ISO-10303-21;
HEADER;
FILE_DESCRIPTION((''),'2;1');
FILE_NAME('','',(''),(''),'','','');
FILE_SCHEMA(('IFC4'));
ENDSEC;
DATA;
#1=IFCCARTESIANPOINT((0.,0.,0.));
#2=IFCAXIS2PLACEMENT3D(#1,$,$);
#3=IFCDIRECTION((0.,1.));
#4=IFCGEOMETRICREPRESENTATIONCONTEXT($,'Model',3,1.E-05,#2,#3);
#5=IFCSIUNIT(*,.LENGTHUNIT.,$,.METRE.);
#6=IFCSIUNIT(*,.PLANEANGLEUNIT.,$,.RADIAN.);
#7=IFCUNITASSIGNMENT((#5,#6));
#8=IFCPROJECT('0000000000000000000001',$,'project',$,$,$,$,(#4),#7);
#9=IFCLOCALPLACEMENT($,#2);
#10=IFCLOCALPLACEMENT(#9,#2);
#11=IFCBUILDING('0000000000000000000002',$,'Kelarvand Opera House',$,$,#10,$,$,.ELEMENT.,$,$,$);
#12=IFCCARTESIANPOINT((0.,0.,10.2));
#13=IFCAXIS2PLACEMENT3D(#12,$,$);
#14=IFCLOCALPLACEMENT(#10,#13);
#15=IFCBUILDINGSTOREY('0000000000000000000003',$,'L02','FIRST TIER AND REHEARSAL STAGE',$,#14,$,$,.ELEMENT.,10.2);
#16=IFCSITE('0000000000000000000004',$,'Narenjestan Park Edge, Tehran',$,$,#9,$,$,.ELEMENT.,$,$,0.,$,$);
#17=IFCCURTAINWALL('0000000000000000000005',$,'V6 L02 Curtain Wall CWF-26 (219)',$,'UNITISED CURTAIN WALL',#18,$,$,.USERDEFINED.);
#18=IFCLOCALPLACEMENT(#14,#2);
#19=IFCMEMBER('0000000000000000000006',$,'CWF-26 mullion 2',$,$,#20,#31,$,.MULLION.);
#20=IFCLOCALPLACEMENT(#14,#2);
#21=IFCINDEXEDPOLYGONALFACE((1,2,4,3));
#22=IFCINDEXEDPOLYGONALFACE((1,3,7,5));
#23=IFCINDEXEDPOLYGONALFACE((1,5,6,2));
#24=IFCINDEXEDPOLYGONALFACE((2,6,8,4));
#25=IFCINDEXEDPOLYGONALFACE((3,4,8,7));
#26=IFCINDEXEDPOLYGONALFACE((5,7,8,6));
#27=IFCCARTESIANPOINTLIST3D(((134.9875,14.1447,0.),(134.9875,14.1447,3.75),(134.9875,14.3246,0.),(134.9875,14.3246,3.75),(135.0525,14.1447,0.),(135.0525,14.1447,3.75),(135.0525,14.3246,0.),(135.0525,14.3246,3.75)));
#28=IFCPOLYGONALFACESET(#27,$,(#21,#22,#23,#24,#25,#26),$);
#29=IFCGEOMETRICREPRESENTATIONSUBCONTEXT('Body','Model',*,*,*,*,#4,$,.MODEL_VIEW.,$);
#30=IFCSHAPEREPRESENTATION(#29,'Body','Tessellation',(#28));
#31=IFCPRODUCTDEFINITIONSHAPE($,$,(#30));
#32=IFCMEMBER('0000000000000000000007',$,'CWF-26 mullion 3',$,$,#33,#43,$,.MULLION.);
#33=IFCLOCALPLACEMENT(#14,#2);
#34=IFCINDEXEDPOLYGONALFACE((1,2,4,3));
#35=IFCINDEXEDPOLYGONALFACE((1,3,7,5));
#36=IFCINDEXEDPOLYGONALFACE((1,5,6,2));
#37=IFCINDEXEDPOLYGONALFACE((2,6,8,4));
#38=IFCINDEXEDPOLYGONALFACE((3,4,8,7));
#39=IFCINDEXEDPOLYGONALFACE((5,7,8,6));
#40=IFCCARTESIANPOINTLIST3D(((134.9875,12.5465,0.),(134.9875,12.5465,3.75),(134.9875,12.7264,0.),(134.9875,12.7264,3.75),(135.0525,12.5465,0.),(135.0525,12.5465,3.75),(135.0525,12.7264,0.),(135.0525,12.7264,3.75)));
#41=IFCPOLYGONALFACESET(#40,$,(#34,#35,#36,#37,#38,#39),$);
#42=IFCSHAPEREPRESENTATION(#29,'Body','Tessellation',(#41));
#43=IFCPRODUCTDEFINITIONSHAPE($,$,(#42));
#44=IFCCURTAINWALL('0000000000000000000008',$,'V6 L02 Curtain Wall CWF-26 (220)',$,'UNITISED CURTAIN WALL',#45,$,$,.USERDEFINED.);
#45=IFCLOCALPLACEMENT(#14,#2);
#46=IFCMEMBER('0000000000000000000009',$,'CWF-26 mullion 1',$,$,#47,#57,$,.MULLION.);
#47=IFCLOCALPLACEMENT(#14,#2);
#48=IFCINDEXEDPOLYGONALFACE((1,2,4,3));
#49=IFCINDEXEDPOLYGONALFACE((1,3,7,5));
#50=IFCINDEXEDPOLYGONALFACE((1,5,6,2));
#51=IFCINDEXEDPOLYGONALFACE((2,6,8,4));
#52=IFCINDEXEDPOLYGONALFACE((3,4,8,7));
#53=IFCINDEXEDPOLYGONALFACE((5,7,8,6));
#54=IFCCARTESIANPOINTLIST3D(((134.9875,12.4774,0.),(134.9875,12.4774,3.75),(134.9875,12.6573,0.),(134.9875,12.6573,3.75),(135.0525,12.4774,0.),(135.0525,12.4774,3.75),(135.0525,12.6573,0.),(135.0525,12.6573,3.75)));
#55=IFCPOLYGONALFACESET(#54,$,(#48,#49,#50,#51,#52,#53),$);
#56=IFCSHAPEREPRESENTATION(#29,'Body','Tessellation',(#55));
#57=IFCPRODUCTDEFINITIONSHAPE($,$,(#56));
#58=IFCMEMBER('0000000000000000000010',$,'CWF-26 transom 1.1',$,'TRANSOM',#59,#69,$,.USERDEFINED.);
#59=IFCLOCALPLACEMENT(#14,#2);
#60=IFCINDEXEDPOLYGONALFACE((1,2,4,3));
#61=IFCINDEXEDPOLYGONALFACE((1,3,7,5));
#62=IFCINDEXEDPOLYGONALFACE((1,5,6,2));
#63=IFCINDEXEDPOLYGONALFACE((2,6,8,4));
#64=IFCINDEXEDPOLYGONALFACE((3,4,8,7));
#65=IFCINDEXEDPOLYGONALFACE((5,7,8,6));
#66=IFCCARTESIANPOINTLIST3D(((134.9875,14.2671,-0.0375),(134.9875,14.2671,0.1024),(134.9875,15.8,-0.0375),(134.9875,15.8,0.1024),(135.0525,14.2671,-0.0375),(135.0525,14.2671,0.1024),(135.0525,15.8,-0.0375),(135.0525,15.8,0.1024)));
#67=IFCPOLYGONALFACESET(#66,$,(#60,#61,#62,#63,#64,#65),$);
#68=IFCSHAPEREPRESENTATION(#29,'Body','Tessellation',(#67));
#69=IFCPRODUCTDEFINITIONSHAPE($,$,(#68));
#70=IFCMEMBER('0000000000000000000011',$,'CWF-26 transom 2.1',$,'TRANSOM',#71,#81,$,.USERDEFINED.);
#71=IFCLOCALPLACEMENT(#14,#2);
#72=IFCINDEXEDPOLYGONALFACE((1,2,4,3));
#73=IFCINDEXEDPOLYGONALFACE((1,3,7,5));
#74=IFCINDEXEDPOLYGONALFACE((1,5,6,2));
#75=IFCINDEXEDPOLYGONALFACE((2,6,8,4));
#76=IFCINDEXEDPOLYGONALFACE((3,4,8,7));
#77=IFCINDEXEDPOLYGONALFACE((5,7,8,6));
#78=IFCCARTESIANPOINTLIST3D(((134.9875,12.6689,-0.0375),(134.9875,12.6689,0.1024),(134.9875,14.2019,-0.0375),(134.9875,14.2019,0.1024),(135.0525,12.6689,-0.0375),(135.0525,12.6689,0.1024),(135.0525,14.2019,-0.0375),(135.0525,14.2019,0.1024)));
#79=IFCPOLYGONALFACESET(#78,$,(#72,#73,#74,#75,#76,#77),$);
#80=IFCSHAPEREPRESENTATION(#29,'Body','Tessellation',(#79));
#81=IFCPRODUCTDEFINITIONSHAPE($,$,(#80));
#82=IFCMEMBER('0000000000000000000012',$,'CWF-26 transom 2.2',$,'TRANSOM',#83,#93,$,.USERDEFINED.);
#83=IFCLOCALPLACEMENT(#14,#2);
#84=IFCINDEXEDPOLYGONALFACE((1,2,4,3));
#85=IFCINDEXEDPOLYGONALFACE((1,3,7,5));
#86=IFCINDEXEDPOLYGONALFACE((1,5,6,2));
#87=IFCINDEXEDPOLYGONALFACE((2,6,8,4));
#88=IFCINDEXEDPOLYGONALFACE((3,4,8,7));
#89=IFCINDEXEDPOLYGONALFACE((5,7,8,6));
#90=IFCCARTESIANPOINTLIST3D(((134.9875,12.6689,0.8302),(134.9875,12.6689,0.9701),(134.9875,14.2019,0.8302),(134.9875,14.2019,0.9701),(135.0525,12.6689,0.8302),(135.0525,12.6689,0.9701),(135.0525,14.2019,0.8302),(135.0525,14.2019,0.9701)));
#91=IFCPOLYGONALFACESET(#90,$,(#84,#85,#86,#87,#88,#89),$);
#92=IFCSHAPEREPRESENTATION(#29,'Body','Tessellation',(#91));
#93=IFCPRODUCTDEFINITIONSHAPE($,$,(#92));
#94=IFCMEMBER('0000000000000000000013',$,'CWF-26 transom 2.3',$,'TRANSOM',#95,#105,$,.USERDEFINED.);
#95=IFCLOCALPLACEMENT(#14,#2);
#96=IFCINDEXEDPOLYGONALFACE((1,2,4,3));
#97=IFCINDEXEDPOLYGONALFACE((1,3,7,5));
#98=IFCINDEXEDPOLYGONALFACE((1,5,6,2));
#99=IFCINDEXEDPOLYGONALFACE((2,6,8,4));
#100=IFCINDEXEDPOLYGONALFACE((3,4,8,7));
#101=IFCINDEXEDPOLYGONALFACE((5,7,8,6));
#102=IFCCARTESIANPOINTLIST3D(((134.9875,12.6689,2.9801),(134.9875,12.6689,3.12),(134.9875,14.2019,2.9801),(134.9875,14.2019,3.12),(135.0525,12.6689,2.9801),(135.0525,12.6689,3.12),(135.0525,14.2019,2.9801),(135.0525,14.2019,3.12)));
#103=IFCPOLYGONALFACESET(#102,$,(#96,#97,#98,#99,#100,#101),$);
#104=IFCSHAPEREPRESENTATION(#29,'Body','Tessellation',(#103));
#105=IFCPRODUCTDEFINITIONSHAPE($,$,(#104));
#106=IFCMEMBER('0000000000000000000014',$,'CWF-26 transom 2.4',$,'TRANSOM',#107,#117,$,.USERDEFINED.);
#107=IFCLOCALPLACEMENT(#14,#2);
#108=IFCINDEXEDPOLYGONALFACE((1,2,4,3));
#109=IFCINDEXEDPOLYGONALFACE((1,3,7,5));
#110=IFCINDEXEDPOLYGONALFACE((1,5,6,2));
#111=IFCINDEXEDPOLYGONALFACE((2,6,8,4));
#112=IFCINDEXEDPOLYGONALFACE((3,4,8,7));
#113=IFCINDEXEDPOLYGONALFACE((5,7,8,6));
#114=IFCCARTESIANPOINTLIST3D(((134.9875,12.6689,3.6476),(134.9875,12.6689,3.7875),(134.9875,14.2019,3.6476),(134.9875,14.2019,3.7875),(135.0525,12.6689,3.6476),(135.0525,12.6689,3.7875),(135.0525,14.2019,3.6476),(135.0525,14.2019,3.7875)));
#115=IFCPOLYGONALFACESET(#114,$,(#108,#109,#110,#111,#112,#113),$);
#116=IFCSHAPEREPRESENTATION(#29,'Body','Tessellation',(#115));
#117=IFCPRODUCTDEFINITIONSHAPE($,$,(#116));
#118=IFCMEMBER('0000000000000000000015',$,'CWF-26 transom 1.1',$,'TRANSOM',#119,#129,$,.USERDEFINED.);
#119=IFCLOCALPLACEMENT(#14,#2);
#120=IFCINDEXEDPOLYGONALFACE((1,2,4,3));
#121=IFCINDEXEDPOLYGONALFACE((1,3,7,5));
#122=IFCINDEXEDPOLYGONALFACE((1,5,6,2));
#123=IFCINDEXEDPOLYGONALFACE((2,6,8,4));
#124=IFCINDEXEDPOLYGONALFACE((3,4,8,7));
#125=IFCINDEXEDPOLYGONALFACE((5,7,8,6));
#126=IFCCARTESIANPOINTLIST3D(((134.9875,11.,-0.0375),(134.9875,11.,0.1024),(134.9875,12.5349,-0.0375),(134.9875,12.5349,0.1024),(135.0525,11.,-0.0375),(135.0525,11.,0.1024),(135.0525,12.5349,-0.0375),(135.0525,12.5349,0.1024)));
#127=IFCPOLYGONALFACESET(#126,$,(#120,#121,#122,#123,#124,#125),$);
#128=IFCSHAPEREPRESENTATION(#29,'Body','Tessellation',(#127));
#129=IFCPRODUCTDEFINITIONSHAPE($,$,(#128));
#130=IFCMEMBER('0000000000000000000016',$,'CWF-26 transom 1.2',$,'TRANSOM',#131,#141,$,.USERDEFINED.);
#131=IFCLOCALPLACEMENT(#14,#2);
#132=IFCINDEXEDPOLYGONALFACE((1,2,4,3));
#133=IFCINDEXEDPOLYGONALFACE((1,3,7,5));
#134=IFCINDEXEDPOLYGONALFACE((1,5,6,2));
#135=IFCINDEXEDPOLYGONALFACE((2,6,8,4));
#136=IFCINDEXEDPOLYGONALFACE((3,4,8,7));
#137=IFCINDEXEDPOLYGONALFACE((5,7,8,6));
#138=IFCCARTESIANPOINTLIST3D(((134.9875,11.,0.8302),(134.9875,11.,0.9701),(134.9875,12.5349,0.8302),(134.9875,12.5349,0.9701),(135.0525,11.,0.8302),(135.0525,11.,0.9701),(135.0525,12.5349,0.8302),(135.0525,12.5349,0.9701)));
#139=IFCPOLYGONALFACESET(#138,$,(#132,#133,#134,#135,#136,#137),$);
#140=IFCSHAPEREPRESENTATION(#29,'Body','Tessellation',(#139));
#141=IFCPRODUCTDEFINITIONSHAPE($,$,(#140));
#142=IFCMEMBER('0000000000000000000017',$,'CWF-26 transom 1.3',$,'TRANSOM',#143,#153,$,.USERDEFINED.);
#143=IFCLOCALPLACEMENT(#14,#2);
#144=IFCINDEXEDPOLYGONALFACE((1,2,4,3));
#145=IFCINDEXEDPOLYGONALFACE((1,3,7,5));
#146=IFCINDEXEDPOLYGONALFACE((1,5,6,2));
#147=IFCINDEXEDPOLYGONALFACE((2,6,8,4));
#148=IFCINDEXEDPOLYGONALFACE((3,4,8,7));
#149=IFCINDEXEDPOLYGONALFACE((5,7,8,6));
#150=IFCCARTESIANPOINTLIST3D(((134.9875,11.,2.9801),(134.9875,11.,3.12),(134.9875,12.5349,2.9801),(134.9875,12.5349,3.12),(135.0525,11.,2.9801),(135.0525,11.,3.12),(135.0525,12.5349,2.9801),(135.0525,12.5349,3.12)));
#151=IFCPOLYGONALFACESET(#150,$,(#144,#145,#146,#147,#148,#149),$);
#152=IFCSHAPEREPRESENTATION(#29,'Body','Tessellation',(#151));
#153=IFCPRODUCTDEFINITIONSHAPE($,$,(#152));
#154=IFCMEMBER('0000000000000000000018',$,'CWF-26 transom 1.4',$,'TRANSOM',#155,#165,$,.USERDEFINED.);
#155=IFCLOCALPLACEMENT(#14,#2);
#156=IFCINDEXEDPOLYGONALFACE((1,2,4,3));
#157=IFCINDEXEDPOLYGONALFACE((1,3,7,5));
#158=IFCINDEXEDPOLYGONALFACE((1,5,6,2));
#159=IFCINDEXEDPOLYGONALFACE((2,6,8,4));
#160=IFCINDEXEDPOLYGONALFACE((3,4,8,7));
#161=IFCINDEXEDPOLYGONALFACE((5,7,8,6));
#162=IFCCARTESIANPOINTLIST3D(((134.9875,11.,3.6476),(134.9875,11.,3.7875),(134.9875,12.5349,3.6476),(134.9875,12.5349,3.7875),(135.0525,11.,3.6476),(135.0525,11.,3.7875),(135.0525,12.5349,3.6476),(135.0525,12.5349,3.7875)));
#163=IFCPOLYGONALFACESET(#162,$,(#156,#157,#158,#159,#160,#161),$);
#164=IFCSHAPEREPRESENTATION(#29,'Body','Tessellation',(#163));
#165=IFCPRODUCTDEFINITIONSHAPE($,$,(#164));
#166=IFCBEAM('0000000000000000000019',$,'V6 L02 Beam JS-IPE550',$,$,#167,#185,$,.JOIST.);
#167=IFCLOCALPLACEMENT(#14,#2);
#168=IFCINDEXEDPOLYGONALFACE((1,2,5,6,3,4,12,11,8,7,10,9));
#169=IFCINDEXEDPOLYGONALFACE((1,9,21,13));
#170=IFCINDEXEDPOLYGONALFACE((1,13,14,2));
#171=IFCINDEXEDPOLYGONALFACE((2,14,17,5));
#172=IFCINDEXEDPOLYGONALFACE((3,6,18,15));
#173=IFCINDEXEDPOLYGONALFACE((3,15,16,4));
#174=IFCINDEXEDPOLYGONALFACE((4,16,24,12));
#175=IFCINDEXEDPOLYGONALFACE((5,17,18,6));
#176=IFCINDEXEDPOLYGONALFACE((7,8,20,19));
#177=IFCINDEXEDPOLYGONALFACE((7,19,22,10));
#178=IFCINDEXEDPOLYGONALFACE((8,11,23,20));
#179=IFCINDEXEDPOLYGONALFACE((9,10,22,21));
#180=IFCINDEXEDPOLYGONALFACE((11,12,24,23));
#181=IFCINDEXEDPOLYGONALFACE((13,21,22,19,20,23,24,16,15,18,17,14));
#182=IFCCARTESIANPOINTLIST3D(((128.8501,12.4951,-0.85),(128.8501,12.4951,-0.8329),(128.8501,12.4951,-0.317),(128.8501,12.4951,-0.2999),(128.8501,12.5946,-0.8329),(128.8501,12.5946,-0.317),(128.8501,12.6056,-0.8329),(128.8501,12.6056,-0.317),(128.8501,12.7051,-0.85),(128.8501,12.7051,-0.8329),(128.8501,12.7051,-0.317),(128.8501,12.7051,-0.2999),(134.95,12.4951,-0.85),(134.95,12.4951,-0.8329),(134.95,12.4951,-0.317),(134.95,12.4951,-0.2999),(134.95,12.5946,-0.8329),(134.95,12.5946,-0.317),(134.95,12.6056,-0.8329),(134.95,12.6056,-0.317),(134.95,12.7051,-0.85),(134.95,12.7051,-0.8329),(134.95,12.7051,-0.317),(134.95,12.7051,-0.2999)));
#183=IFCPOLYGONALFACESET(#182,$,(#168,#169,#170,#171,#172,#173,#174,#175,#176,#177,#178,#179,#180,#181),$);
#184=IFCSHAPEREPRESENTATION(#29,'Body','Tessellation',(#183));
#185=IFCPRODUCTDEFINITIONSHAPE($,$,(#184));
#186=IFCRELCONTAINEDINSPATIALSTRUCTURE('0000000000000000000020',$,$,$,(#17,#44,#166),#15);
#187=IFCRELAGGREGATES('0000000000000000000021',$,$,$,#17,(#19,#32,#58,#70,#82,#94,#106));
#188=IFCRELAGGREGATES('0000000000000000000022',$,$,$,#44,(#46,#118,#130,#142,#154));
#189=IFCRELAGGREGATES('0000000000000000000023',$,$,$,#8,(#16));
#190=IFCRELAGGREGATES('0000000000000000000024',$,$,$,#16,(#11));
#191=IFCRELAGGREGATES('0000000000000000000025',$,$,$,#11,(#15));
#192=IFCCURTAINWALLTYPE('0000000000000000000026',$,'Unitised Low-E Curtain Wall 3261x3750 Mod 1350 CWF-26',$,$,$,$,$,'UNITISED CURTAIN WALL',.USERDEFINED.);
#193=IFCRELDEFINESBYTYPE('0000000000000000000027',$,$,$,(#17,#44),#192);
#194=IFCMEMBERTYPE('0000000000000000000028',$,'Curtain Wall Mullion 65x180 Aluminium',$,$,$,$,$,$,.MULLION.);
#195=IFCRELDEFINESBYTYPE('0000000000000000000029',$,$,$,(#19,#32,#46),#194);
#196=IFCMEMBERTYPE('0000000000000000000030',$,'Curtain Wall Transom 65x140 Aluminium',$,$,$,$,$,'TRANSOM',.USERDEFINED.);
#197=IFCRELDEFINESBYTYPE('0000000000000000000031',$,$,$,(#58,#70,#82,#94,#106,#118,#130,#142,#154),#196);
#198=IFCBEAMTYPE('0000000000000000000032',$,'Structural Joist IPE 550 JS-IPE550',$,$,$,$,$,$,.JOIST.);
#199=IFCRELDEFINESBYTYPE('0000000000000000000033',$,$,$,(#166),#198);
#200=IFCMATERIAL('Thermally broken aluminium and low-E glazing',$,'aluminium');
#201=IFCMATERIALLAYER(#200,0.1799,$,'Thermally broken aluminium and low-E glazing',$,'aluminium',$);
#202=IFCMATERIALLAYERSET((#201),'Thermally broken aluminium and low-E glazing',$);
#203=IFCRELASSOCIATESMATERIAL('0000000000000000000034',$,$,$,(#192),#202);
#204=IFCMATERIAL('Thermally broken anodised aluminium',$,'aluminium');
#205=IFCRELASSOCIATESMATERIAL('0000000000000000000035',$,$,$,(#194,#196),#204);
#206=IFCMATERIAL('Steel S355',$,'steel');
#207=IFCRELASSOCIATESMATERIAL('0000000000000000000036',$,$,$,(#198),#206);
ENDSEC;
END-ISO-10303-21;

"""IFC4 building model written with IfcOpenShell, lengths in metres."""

from ifc_helpers import new_model, si_unit, direction, frame, origin, origin_2d, place, context, subcontext, project, spatial, rectangle, i_section, extrude, material, layer, layer_set, material_profile, profile_set, type_object, element, aggregate, save


model = new_model("IFC4")

# Units and contexts
model_context = context("Model", 3, precision=1e-05, world=origin(), true_north=direction((0.0, 1.0)))
body_context = subcontext(model_context, "Body", "Model", "MODEL_VIEW")
ifc_project = project(units=[si_unit("LENGTHUNIT", "METRE"), si_unit("PLANEANGLEUNIT", "RADIAN")], contexts=[model_context])

# Site, building, storey
site_placement = place(None, origin())
site = spatial("IfcSite", under=ifc_project, at=site_placement, Name="Narenjestan Park Edge, Tehran", CompositionType="ELEMENT", RefElevation=0.0)
building_placement = place(site_placement, origin())
building = spatial("IfcBuilding", under=site, at=building_placement, Name="Kelarvand Opera House", CompositionType="ELEMENT")
storey_placement = place(building_placement, frame((0.0, 0.0, 10.2)))
storey = spatial("IfcBuildingStorey", under=building, at=storey_placement, Name="L02", Description="FIRST TIER AND REHEARSAL STAGE", CompositionType="ELEMENT", Elevation=10.2)

# Curtain wall, members
ifc_material_1 = material(Name="Thermally broken aluminium and low-E glazing", Category="aluminium")
ifc_layer_1 = layer(ifc_material_1, 0.1799, Name="Thermally broken aluminium and low-E glazing", Category="aluminium")
ifc_layer_set_1 = layer_set([ifc_layer_1], Name="Thermally broken aluminium and low-E glazing")
curtain_wall_type = type_object("IfcCurtainWallType", Name="Unitised Low-E Curtain Wall 3261x3750 Mod 1350 CWF-26", ElementType="UNITISED CURTAIN WALL", PredefinedType="USERDEFINED", material=ifc_layer_set_1)
curtain_wall_1_placement = place(storey_placement, origin())
curtain_wall_1 = element("IfcCurtainWall", 1, at=curtain_wall_1_placement, inside=storey, type_object=curtain_wall_type, Name="V6 L02 Curtain Wall CWF-26 (219)", ObjectType="UNITISED CURTAIN WALL", PredefinedType="USERDEFINED")
ifc_material_2 = material(Name="Thermally broken anodised aluminium", Category="aluminium")
ifc_material_profile_1 = material_profile(ifc_material_2, rectangle(XDim=0.0649, YDim=0.1799, at=origin_2d()), Name="ALU MULLION 65x180", Category="aluminium")
ifc_profile_set_1 = profile_set([ifc_material_profile_1], Name="Thermally broken anodised aluminium")
member_type_1 = type_object("IfcMemberType", Name="Curtain Wall Mullion 65x180 Aluminium", PredefinedType="MULLION", material=ifc_profile_set_1)
member_1_placement = place(storey_placement, frame((135.02, 14.2346, 0.0), z_axis=(0.0, 0.0, 1.0), x_axis=(1.0, 0.0, 0.0)))
member_1 = element("IfcMember", 2, at=member_1_placement, type_object=member_type_1, Name="CWF-26 mullion 2", PredefinedType="MULLION", context=body_context, shape_type="SweptSolid", body=[
    extrude(rectangle(XDim=0.0649, YDim=0.1799, at=origin_2d()), origin(), (0.0, 0.0, 1.0), 3.75),
])
member_2_placement = place(storey_placement, frame((135.02, 12.6365, 0.0), z_axis=(0.0, 0.0, 1.0), x_axis=(1.0, 0.0, 0.0)))
member_2 = element("IfcMember", 3, at=member_2_placement, type_object=member_type_1, Name="CWF-26 mullion 3", PredefinedType="MULLION", context=body_context, shape_type="SweptSolid", body=[
    extrude(rectangle(XDim=0.0649, YDim=0.1799, at=origin_2d()), origin(), (0.0, 0.0, 1.0), 3.75),
])

# Curtain wall, member
curtain_wall_2_placement = place(storey_placement, origin())
curtain_wall_2 = element("IfcCurtainWall", 4, at=curtain_wall_2_placement, inside=storey, type_object=curtain_wall_type, Name="V6 L02 Curtain Wall CWF-26 (220)", ObjectType="UNITISED CURTAIN WALL", PredefinedType="USERDEFINED")
member_3_placement = place(storey_placement, frame((135.02, 12.5674, 0.0), z_axis=(0.0, 0.0, 1.0), x_axis=(1.0, 0.0, 0.0)))
member_3 = element("IfcMember", 5, at=member_3_placement, type_object=member_type_1, Name="CWF-26 mullion 1", PredefinedType="MULLION", context=body_context, shape_type="SweptSolid", body=[
    extrude(rectangle(XDim=0.0649, YDim=0.1799, at=origin_2d()), origin(), (0.0, 0.0, 1.0), 3.75),
])

# Members
ifc_material_profile_2 = material_profile(ifc_material_2, rectangle(XDim=0.0649, YDim=0.1399, at=origin_2d()), Name="ALU TRANSOM 65x140", Category="aluminium")
ifc_profile_set_2 = profile_set([ifc_material_profile_2], Name="Thermally broken anodised aluminium")
member_type_2 = type_object("IfcMemberType", Name="Curtain Wall Transom 65x140 Aluminium", ElementType="TRANSOM", PredefinedType="USERDEFINED", material=ifc_profile_set_2)
member_4_placement = place(storey_placement, frame((135.02, 15.8, 0.0325), z_axis=(0.0, -1.0, 0.0), x_axis=(1.0, 0.0, 0.0)))
member_4 = element("IfcMember", 6, at=member_4_placement, type_object=member_type_2, Name="CWF-26 transom 1.1", ObjectType="TRANSOM", PredefinedType="USERDEFINED", context=body_context, shape_type="SweptSolid", body=[
    extrude(rectangle(XDim=0.0649, YDim=0.1399, at=origin_2d()), origin(), (0.0, 0.0, 1.0), 1.533),
])
member_5_placement = place(storey_placement, frame((135.02, 14.2019, 0.0325), z_axis=(0.0, -1.0, 0.0), x_axis=(1.0, 0.0, 0.0)))
member_5 = element("IfcMember", 7, at=member_5_placement, type_object=member_type_2, Name="CWF-26 transom 2.1", ObjectType="TRANSOM", PredefinedType="USERDEFINED", context=body_context, shape_type="SweptSolid", body=[
    extrude(rectangle(XDim=0.0649, YDim=0.1399, at=origin_2d()), origin(), (0.0, 0.0, 1.0), 1.533),
])
member_6_placement = place(storey_placement, frame((135.02, 14.2019, 0.9001), z_axis=(0.0, -1.0, 0.0), x_axis=(1.0, 0.0, 0.0)))
member_6 = element("IfcMember", 8, at=member_6_placement, type_object=member_type_2, Name="CWF-26 transom 2.2", ObjectType="TRANSOM", PredefinedType="USERDEFINED", context=body_context, shape_type="SweptSolid", body=[
    extrude(rectangle(XDim=0.0649, YDim=0.1399, at=origin_2d()), origin(), (0.0, 0.0, 1.0), 1.533),
])
member_7_placement = place(storey_placement, frame((135.02, 14.2019, 3.05), z_axis=(0.0, -1.0, 0.0), x_axis=(1.0, 0.0, 0.0)))
member_7 = element("IfcMember", 9, at=member_7_placement, type_object=member_type_2, Name="CWF-26 transom 2.3", ObjectType="TRANSOM", PredefinedType="USERDEFINED", context=body_context, shape_type="SweptSolid", body=[
    extrude(rectangle(XDim=0.0649, YDim=0.1399, at=origin_2d()), origin(), (0.0, 0.0, 1.0), 1.533),
])
member_8_placement = place(storey_placement, frame((135.02, 14.2019, 3.7175), z_axis=(0.0, -1.0, 0.0), x_axis=(1.0, 0.0, 0.0)))
member_8 = element("IfcMember", 10, at=member_8_placement, type_object=member_type_2, Name="CWF-26 transom 2.4", ObjectType="TRANSOM", PredefinedType="USERDEFINED", context=body_context, shape_type="SweptSolid", body=[
    extrude(rectangle(XDim=0.0649, YDim=0.1399, at=origin_2d()), origin(), (0.0, 0.0, 1.0), 1.533),
])
member_9_placement = place(storey_placement, frame((135.02, 12.5349, 0.0325), z_axis=(0.0, -1.0, 0.0), x_axis=(1.0, 0.0, 0.0)))
member_9 = element("IfcMember", 11, at=member_9_placement, type_object=member_type_2, Name="CWF-26 transom 1.1", ObjectType="TRANSOM", PredefinedType="USERDEFINED", context=body_context, shape_type="SweptSolid", body=[
    extrude(rectangle(XDim=0.0649, YDim=0.1399, at=origin_2d()), origin(), (0.0, 0.0, 1.0), 1.5349),
])
member_10_placement = place(storey_placement, frame((135.02, 12.5349, 0.9001), z_axis=(0.0, -1.0, 0.0), x_axis=(1.0, 0.0, 0.0)))
member_10 = element("IfcMember", 12, at=member_10_placement, type_object=member_type_2, Name="CWF-26 transom 1.2", ObjectType="TRANSOM", PredefinedType="USERDEFINED", context=body_context, shape_type="SweptSolid", body=[
    extrude(rectangle(XDim=0.0649, YDim=0.1399, at=origin_2d()), origin(), (0.0, 0.0, 1.0), 1.5349),
])
member_11_placement = place(storey_placement, frame((135.02, 12.5349, 3.05), z_axis=(0.0, -1.0, 0.0), x_axis=(1.0, 0.0, 0.0)))
member_11 = element("IfcMember", 13, at=member_11_placement, type_object=member_type_2, Name="CWF-26 transom 1.3", ObjectType="TRANSOM", PredefinedType="USERDEFINED", context=body_context, shape_type="SweptSolid", body=[
    extrude(rectangle(XDim=0.0649, YDim=0.1399, at=origin_2d()), origin(), (0.0, 0.0, 1.0), 1.5349),
])
member_12_placement = place(storey_placement, frame((135.02, 12.5349, 3.7175), z_axis=(0.0, -1.0, 0.0), x_axis=(1.0, 0.0, 0.0)))
member_12 = element("IfcMember", 14, at=member_12_placement, type_object=member_type_2, Name="CWF-26 transom 1.4", ObjectType="TRANSOM", PredefinedType="USERDEFINED", context=body_context, shape_type="SweptSolid", body=[
    extrude(rectangle(XDim=0.0649, YDim=0.1399, at=origin_2d()), origin(), (0.0, 0.0, 1.0), 1.5349),
])

# Beam
ifc_material_3 = material(Name="Steel S355", Category="steel")
ifc_material_profile_3 = material_profile(ifc_material_3, i_section(OverallWidth=0.21, OverallDepth=0.55, WebThickness=0.011, FlangeThickness=0.0171, at=origin_2d()), Name="IPE 550", Category="steel")
ifc_profile_set_3 = profile_set([ifc_material_profile_3], Name="Steel S355")
beam_type = type_object("IfcBeamType", Name="Structural Joist IPE 550 JS-IPE550", PredefinedType="JOIST", material=ifc_profile_set_3)
beam_placement = place(storey_placement, frame((128.8501, 12.6001, -0.575), z_axis=(1.0, 0.0, 0.0), x_axis=(0.0, 1.0, 0.0)))
element("IfcBeam", 15, at=beam_placement, inside=storey, type_object=beam_type, Name="V6 L02 Beam JS-IPE550", PredefinedType="JOIST", context=body_context, shape_type="SweptSolid", body=[
    extrude(i_section(OverallWidth=0.21, OverallDepth=0.55, WebThickness=0.011, FlangeThickness=0.0171, at=origin_2d()), origin(), (0.0, 0.0, 1.0), 6.0999),
])

aggregate(curtain_wall_1, [member_1, member_2, member_4, member_5, member_6, member_7, member_8])
aggregate(curtain_wall_2, [member_3, member_9, member_10, member_11, member_12])

save(model, "model.ifc")
